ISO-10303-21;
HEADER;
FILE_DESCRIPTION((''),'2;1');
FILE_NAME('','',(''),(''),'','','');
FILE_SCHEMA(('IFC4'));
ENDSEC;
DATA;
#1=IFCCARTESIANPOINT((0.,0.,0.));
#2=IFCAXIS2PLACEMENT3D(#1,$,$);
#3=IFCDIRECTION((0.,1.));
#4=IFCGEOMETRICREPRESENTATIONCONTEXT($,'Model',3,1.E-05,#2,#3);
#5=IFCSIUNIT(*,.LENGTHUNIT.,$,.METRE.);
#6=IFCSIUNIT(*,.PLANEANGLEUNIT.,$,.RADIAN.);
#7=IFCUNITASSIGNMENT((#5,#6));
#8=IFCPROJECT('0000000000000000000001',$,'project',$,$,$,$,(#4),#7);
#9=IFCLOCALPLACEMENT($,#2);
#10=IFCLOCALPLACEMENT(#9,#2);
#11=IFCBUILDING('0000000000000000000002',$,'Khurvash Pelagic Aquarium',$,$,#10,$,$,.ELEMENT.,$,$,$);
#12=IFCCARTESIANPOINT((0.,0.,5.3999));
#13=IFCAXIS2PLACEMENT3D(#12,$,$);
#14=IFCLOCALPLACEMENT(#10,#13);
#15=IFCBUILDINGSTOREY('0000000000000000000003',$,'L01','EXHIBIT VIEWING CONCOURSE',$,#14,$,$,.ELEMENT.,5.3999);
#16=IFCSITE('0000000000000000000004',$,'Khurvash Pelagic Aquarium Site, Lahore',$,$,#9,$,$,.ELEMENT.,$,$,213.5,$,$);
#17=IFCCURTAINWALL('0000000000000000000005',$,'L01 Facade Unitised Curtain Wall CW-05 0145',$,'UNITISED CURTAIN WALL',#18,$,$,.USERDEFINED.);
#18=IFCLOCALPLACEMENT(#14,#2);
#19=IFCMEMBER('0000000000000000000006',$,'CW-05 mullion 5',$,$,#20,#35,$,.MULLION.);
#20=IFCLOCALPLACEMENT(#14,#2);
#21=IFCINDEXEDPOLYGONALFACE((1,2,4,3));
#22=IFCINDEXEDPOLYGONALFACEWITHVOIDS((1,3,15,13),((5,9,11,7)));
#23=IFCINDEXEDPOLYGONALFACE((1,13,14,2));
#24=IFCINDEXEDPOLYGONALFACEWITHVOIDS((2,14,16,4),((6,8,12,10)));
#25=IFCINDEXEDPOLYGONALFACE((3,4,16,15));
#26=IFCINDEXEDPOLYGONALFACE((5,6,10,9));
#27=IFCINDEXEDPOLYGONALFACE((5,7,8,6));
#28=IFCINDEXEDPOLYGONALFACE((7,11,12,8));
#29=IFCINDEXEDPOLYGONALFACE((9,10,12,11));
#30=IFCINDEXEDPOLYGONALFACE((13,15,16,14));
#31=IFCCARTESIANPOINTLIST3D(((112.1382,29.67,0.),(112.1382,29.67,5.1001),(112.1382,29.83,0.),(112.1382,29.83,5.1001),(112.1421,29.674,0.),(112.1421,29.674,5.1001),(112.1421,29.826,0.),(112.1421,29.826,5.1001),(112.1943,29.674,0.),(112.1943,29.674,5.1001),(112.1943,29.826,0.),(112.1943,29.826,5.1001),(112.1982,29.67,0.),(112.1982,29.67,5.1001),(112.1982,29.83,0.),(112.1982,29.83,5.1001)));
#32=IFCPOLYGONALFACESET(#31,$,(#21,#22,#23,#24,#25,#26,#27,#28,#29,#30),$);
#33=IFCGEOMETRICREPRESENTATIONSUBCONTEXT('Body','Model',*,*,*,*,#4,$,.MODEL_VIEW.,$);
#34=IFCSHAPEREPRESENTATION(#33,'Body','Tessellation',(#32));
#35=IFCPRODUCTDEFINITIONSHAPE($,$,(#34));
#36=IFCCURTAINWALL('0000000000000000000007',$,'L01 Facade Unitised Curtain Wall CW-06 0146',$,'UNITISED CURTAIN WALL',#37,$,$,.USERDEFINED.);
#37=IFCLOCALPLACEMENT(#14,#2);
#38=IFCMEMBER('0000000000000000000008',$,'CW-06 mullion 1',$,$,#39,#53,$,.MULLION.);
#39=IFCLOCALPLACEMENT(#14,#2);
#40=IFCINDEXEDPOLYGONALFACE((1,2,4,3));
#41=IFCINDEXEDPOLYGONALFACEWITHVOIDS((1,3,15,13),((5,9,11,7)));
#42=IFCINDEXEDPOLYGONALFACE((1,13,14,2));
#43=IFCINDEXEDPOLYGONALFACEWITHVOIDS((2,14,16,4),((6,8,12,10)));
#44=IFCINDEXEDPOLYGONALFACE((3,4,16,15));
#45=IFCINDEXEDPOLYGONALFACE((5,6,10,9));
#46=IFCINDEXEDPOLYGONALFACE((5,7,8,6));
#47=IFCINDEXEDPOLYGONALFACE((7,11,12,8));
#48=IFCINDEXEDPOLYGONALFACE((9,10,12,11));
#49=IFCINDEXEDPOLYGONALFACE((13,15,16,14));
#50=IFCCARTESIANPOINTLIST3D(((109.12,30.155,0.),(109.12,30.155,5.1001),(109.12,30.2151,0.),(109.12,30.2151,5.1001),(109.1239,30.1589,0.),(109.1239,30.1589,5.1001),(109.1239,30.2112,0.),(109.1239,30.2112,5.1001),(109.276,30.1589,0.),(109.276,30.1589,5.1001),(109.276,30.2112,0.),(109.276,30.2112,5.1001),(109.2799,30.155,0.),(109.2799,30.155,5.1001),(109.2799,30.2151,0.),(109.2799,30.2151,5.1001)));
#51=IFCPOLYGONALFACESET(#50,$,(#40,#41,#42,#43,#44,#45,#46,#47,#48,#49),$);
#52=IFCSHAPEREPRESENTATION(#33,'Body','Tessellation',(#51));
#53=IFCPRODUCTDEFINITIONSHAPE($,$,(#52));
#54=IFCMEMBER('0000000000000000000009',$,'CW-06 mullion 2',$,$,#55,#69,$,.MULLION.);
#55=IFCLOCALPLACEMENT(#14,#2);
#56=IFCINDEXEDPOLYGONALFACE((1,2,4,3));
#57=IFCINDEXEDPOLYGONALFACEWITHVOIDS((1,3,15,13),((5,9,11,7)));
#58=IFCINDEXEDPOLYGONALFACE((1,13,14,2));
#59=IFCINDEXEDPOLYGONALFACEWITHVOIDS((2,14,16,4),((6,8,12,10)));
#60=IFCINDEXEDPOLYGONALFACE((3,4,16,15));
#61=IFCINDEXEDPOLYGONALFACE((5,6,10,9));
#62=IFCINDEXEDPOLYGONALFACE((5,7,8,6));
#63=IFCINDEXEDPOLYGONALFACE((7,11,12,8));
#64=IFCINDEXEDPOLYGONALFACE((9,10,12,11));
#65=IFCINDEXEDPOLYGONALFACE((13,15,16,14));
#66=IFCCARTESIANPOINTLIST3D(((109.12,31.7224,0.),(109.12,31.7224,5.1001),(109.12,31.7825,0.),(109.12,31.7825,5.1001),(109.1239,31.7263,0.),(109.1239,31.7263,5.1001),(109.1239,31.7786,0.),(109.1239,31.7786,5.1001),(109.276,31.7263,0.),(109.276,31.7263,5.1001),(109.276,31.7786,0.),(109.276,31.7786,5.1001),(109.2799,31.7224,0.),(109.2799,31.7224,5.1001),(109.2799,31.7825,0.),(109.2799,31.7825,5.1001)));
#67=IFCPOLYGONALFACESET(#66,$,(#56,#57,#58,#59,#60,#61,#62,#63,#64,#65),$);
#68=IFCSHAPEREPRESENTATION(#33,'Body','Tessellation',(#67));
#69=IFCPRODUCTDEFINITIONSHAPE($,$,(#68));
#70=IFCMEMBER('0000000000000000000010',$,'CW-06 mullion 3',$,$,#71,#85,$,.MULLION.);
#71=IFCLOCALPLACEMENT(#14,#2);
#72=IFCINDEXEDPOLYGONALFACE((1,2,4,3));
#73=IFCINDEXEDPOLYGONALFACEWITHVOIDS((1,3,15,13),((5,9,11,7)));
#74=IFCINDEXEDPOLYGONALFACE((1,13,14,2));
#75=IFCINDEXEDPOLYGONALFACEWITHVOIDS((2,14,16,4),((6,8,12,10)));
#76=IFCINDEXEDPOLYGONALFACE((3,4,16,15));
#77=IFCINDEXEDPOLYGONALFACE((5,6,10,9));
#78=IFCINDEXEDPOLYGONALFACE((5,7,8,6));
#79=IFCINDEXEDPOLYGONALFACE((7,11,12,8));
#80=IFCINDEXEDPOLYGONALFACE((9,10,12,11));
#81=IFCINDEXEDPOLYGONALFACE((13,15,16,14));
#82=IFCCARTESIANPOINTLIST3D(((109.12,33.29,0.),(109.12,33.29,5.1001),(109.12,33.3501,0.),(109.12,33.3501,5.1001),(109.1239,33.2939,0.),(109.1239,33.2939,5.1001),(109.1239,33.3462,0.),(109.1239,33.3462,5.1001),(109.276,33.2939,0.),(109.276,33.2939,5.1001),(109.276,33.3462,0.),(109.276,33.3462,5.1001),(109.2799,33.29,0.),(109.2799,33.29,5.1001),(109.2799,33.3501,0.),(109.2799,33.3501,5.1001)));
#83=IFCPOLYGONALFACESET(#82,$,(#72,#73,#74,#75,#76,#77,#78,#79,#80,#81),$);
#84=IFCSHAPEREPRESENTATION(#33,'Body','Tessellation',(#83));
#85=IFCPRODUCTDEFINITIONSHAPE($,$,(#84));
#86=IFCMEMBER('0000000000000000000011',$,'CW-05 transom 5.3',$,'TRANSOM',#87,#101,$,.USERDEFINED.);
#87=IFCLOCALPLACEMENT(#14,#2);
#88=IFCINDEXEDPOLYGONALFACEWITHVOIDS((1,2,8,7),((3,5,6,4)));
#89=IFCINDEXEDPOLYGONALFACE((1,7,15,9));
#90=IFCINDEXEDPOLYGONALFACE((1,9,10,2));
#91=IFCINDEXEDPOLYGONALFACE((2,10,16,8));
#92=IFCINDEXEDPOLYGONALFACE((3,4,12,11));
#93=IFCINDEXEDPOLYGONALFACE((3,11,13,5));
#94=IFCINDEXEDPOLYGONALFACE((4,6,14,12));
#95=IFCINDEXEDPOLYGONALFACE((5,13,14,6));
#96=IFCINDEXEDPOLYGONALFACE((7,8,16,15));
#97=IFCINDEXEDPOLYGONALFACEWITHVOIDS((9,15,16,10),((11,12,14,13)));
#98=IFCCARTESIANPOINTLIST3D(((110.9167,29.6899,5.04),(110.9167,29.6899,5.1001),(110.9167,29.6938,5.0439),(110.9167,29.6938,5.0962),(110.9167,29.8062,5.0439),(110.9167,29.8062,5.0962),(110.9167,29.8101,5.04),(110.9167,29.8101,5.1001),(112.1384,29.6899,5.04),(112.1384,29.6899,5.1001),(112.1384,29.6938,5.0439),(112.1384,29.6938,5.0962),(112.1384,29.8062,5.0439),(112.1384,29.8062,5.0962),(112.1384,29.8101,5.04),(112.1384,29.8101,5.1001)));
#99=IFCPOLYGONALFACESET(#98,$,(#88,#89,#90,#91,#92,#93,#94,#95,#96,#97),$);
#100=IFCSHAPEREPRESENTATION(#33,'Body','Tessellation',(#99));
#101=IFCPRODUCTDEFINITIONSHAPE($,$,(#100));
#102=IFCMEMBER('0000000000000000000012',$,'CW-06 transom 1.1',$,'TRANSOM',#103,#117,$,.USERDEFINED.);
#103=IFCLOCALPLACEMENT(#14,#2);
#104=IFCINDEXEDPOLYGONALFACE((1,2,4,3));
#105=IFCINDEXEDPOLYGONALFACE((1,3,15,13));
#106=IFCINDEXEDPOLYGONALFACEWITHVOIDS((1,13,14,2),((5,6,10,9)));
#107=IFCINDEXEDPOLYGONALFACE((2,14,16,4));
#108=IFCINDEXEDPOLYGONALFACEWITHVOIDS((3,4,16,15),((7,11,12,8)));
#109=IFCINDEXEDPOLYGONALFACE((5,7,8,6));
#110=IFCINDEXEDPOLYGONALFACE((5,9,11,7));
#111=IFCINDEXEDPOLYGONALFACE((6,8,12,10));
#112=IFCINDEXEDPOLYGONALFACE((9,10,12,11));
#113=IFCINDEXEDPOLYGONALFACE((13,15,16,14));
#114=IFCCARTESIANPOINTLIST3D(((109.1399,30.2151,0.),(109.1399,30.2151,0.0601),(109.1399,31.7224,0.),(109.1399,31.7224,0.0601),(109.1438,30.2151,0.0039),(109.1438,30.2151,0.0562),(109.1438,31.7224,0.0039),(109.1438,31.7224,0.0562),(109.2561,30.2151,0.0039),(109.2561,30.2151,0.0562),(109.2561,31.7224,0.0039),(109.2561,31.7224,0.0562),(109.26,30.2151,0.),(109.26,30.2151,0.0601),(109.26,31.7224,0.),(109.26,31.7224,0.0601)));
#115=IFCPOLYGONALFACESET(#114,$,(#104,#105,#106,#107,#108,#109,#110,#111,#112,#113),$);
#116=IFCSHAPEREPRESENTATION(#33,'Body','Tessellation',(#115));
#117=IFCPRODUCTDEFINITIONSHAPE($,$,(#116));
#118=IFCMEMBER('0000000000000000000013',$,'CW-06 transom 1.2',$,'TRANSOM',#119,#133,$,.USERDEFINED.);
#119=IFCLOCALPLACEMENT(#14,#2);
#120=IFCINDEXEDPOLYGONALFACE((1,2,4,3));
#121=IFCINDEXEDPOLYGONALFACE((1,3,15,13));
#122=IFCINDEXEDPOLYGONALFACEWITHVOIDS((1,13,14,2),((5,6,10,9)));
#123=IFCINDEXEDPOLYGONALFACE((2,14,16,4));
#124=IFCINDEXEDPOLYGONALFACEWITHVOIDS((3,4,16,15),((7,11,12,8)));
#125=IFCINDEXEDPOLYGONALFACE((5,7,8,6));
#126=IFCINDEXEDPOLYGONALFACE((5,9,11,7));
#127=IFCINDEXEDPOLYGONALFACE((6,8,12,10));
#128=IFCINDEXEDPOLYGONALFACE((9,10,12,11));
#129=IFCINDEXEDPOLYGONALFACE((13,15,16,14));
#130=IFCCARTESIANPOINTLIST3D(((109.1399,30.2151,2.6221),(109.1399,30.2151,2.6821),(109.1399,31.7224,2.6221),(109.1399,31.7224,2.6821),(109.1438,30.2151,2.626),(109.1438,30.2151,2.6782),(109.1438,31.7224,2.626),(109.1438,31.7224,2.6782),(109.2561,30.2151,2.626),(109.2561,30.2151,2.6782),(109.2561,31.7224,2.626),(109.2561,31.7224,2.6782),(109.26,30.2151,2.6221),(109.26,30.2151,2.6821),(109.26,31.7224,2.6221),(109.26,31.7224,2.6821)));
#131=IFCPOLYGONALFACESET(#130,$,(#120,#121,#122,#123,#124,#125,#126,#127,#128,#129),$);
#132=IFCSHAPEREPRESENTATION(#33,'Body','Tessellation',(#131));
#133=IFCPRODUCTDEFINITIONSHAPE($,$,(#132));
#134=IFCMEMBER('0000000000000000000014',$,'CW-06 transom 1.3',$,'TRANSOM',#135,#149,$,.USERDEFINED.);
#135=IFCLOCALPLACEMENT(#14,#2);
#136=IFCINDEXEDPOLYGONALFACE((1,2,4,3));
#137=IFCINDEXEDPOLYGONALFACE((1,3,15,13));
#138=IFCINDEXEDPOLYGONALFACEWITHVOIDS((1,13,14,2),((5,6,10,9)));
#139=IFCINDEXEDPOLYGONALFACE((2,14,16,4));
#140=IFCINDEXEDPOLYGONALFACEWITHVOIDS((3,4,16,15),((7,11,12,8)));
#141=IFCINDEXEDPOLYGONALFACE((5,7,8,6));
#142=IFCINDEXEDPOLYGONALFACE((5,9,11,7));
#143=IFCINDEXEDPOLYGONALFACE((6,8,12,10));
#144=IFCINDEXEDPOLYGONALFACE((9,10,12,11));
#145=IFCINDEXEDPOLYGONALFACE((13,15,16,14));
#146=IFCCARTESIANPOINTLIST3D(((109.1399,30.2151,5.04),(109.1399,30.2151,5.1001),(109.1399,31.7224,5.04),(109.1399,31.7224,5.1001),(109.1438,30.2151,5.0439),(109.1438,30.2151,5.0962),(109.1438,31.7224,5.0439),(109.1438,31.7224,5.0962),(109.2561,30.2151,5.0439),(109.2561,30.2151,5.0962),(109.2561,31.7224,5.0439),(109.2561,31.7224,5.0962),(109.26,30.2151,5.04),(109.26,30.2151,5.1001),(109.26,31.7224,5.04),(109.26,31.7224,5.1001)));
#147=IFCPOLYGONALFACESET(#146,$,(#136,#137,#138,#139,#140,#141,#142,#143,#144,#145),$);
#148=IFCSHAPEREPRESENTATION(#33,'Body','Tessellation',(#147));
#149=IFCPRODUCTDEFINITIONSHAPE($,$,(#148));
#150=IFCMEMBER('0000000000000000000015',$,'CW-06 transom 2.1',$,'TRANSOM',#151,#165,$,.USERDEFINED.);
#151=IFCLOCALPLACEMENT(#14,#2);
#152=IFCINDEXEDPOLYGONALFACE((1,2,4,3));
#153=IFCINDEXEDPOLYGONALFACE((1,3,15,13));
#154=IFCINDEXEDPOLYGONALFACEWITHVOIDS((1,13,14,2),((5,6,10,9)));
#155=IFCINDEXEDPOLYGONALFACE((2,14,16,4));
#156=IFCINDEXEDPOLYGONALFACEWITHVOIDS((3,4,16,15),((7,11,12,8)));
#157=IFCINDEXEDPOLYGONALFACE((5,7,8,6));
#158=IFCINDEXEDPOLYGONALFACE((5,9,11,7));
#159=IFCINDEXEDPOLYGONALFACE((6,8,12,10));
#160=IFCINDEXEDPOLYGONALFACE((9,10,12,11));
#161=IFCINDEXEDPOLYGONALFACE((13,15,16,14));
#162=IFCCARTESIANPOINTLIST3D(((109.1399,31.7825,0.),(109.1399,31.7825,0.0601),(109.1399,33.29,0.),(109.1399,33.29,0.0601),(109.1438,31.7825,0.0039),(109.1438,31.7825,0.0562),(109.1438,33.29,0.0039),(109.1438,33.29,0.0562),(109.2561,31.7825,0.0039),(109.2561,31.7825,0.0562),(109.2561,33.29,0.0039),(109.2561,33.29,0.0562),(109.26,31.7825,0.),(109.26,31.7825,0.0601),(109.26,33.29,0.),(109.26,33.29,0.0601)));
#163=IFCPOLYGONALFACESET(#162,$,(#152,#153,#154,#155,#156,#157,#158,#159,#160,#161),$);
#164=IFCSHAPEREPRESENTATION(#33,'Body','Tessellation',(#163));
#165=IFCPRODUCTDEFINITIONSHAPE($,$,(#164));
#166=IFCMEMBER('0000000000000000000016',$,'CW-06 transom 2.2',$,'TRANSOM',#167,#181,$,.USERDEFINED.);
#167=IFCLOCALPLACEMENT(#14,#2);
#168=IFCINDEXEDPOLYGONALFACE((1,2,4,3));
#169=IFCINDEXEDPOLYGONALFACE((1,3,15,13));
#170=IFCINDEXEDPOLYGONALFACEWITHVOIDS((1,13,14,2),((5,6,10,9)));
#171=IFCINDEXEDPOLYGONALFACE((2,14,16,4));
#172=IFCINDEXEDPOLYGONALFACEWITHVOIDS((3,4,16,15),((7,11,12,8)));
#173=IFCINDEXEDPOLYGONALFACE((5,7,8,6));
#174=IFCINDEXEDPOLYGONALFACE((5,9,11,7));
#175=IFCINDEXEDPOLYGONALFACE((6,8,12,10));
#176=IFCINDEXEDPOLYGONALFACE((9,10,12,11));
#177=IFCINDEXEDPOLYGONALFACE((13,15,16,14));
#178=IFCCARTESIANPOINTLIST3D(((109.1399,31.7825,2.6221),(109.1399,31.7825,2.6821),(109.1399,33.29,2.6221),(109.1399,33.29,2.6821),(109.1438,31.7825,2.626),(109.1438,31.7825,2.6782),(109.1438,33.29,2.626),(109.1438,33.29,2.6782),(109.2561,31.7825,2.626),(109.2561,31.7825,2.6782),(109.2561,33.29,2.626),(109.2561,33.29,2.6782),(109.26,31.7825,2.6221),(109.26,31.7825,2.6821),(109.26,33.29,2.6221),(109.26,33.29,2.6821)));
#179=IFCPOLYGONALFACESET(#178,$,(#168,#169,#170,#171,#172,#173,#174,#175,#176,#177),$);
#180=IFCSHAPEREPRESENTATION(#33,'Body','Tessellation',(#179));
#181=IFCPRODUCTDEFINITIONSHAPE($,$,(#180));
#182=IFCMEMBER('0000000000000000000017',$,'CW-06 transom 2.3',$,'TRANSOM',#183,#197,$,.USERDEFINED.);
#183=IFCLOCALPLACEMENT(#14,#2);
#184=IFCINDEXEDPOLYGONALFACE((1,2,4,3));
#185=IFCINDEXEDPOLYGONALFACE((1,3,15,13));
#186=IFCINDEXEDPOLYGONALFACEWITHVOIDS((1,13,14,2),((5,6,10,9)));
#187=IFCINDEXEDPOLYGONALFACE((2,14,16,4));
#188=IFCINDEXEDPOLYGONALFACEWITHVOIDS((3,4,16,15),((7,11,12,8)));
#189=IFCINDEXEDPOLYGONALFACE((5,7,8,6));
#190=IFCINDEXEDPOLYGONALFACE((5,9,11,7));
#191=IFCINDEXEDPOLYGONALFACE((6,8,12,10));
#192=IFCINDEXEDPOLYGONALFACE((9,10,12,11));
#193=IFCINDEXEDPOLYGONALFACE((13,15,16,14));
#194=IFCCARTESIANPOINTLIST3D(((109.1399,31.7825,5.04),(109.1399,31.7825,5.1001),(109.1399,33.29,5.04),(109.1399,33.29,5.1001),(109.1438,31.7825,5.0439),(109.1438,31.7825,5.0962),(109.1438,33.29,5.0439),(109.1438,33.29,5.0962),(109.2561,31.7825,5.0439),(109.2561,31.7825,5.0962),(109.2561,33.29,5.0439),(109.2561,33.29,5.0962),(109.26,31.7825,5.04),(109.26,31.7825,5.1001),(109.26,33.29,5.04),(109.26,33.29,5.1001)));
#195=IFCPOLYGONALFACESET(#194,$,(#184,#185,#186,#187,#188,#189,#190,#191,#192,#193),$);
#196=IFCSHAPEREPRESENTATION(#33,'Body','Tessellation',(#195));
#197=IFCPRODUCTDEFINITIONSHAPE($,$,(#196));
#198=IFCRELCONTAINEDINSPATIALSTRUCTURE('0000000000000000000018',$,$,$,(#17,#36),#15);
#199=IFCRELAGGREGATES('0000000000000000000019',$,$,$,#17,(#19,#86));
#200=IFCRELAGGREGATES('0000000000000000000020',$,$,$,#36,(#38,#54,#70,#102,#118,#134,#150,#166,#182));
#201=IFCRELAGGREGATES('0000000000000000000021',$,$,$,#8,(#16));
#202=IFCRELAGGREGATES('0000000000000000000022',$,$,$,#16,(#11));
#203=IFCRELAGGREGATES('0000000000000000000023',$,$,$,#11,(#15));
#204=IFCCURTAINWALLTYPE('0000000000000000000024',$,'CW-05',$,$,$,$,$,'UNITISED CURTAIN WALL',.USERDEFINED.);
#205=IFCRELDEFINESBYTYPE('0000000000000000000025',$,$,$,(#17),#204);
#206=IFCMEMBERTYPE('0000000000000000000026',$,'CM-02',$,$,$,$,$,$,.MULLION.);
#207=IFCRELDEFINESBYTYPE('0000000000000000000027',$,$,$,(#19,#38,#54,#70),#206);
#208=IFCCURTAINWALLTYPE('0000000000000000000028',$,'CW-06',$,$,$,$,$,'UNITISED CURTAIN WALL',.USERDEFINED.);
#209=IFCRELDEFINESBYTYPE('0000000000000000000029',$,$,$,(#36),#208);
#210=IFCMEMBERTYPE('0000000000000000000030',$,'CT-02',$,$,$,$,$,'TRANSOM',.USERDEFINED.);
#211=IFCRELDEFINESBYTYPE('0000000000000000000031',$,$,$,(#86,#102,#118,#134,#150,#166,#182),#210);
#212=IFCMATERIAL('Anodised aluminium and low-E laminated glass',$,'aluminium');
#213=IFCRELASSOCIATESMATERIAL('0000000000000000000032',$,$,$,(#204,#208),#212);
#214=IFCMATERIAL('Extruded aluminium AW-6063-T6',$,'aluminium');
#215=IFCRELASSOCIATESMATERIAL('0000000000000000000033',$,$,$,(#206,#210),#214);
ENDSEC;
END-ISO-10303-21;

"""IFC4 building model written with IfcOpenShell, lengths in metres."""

from ifc_helpers import new_model, si_unit, direction, frame, origin, origin_2d, place, context, subcontext, project, spatial, hollow_rectangle, extrude, material, material_profile, profile_set, type_object, element, aggregate, save


model = new_model("IFC4")

# Units and contexts
model_context = context("Model", 3, precision=1e-05, world=origin(), true_north=direction((0.0, 1.0)))
body_context = subcontext(model_context, "Body", "Model", "MODEL_VIEW")
ifc_project = project(units=[si_unit("LENGTHUNIT", "METRE"), si_unit("PLANEANGLEUNIT", "RADIAN")], contexts=[model_context])

# Site, building, storey
site_placement = place(None, origin())
site = spatial("IfcSite", under=ifc_project, at=site_placement, Name="Khurvash Pelagic Aquarium Site, Lahore", CompositionType="ELEMENT", RefElevation=213.5)
building_placement = place(site_placement, origin())
building = spatial("IfcBuilding", under=site, at=building_placement, Name="Khurvash Pelagic Aquarium", CompositionType="ELEMENT")
storey_placement = place(building_placement, frame((0.0, 0.0, 5.3999)))
storey = spatial("IfcBuildingStorey", under=building, at=storey_placement, Name="L01", Description="EXHIBIT VIEWING CONCOURSE", CompositionType="ELEMENT", Elevation=5.3999)

# Curtain wall, member
ifc_material_1 = material(Name="Anodised aluminium and low-E laminated glass", Category="aluminium")
curtain_wall_type_1 = type_object("IfcCurtainWallType", Name="CW-05", ElementType="UNITISED CURTAIN WALL", PredefinedType="USERDEFINED", material=ifc_material_1)
curtain_wall_1_placement = place(storey_placement, origin())
curtain_wall_1 = element("IfcCurtainWall", 1, at=curtain_wall_1_placement, inside=storey, type_object=curtain_wall_type_1, Name="L01 Facade Unitised Curtain Wall CW-05 0145", ObjectType="UNITISED CURTAIN WALL", PredefinedType="USERDEFINED")
ifc_material_2 = material(Name="Extruded aluminium AW-6063-T6", Category="aluminium")
ifc_material_profile_1 = material_profile(ifc_material_2, hollow_rectangle(XDim=0.0601, YDim=0.1599, WallThickness=0.0039, at=origin_2d()), Name="CWM60X160X4")
ifc_profile_set_1 = profile_set([ifc_material_profile_1], Name="Extruded aluminium AW-6063-T6")
member_type_1 = type_object("IfcMemberType", Name="CM-02", PredefinedType="MULLION", material=ifc_profile_set_1)
member_1_placement = place(storey_placement, frame((112.1682, 29.75, 0.0), z_axis=(0.0, 0.0, 1.0), x_axis=(-1.0, 0.0, 0.0)))
member_1 = element("IfcMember", 2, at=member_1_placement, type_object=member_type_1, Name="CW-05 mullion 5", PredefinedType="MULLION", context=body_context, shape_type="SweptSolid", body=[
    extrude(hollow_rectangle(XDim=0.0601, YDim=0.1599, WallThickness=0.0039, at=origin_2d()), origin(), (0.0, 0.0, 1.0), 5.1001),
])

# Curtain wall, members
curtain_wall_type_2 = type_object("IfcCurtainWallType", Name="CW-06", ElementType="UNITISED CURTAIN WALL", PredefinedType="USERDEFINED", material=ifc_material_1)
curtain_wall_2_placement = place(storey_placement, origin())
curtain_wall_2 = element("IfcCurtainWall", 3, at=curtain_wall_2_placement, inside=storey, type_object=curtain_wall_type_2, Name="L01 Facade Unitised Curtain Wall CW-06 0146", ObjectType="UNITISED CURTAIN WALL", PredefinedType="USERDEFINED")
member_2_placement = place(storey_placement, frame((109.2, 30.1851, 0.0), z_axis=(0.0, 0.0, 1.0), x_axis=(0.0, 1.0, 0.0)))
member_2 = element("IfcMember", 4, at=member_2_placement, type_object=member_type_1, Name="CW-06 mullion 1", PredefinedType="MULLION", context=body_context, shape_type="SweptSolid", body=[
    extrude(hollow_rectangle(XDim=0.0601, YDim=0.1599, WallThickness=0.0039, at=origin_2d()), origin(), (0.0, 0.0, 1.0), 5.1001),
])
member_3_placement = place(storey_placement, frame((109.2, 31.7524, 0.0), z_axis=(0.0, 0.0, 1.0), x_axis=(0.0, 1.0, 0.0)))
member_3 = element("IfcMember", 5, at=member_3_placement, type_object=member_type_1, Name="CW-06 mullion 2", PredefinedType="MULLION", context=body_context, shape_type="SweptSolid", body=[
    extrude(hollow_rectangle(XDim=0.0601, YDim=0.1599, WallThickness=0.0039, at=origin_2d()), origin(), (0.0, 0.0, 1.0), 5.1001),
])
member_4_placement = place(storey_placement, frame((109.2, 33.3201, 0.0), z_axis=(0.0, 0.0, 1.0), x_axis=(0.0, 1.0, 0.0)))
member_4 = element("IfcMember", 6, at=member_4_placement, type_object=member_type_1, Name="CW-06 mullion 3", PredefinedType="MULLION", context=body_context, shape_type="SweptSolid", body=[
    extrude(hollow_rectangle(XDim=0.0601, YDim=0.1599, WallThickness=0.0039, at=origin_2d()), origin(), (0.0, 0.0, 1.0), 5.1001),
])

# Members
ifc_material_profile_2 = material_profile(ifc_material_2, hollow_rectangle(XDim=0.1201, YDim=0.0601, WallThickness=0.0039, at=origin_2d()), Name="CWT120X60X4")
ifc_profile_set_2 = profile_set([ifc_material_profile_2], Name="Extruded aluminium AW-6063-T6")
member_type_2 = type_object("IfcMemberType", Name="CT-02", ElementType="TRANSOM", PredefinedType="USERDEFINED", material=ifc_profile_set_2)
member_5_placement = place(storey_placement, frame((112.1384, 29.75, 5.0701), z_axis=(-1.0, 0.0, 0.0), x_axis=(0.0, -1.0, 0.0)))
member_5 = element("IfcMember", 7, at=member_5_placement, type_object=member_type_2, Name="CW-05 transom 5.3", ObjectType="TRANSOM", PredefinedType="USERDEFINED", context=body_context, shape_type="SweptSolid", body=[
    extrude(hollow_rectangle(XDim=0.1201, YDim=0.0601, WallThickness=0.0039, at=origin_2d()), origin(), (0.0, 0.0, 1.0), 1.2217),
])
member_6_placement = place(storey_placement, frame((109.2, 30.2151, 0.03), z_axis=(0.0, 1.0, 0.0), x_axis=(-1.0, 0.0, 0.0)))
member_6 = element("IfcMember", 8, at=member_6_placement, type_object=member_type_2, Name="CW-06 transom 1.1", ObjectType="TRANSOM", PredefinedType="USERDEFINED", context=body_context, shape_type="SweptSolid", body=[
    extrude(hollow_rectangle(XDim=0.1201, YDim=0.0601, WallThickness=0.0039, at=origin_2d()), origin(), (0.0, 0.0, 1.0), 1.5073),
])
member_7_placement = place(storey_placement, frame((109.2, 30.2151, 2.6521), z_axis=(0.0, 1.0, 0.0), x_axis=(-1.0, 0.0, 0.0)))
member_7 = element("IfcMember", 9, at=member_7_placement, type_object=member_type_2, Name="CW-06 transom 1.2", ObjectType="TRANSOM", PredefinedType="USERDEFINED", context=body_context, shape_type="SweptSolid", body=[
    extrude(hollow_rectangle(XDim=0.1201, YDim=0.0601, WallThickness=0.0039, at=origin_2d()), origin(), (0.0, 0.0, 1.0), 1.5073),
])
member_8_placement = place(storey_placement, frame((109.2, 30.2151, 5.0701), z_axis=(0.0, 1.0, 0.0), x_axis=(-1.0, 0.0, 0.0)))
member_8 = element("IfcMember", 10, at=member_8_placement, type_object=member_type_2, Name="CW-06 transom 1.3", ObjectType="TRANSOM", PredefinedType="USERDEFINED", context=body_context, shape_type="SweptSolid", body=[
    extrude(hollow_rectangle(XDim=0.1201, YDim=0.0601, WallThickness=0.0039, at=origin_2d()), origin(), (0.0, 0.0, 1.0), 1.5073),
])
member_9_placement = place(storey_placement, frame((109.2, 31.7825, 0.03), z_axis=(0.0, 1.0, 0.0), x_axis=(-1.0, 0.0, 0.0)))
member_9 = element("IfcMember", 11, at=member_9_placement, type_object=member_type_2, Name="CW-06 transom 2.1", ObjectType="TRANSOM", PredefinedType="USERDEFINED", context=body_context, shape_type="SweptSolid", body=[
    extrude(hollow_rectangle(XDim=0.1201, YDim=0.0601, WallThickness=0.0039, at=origin_2d()), origin(), (0.0, 0.0, 1.0), 1.5076),
])
member_10_placement = place(storey_placement, frame((109.2, 31.7825, 2.6521), z_axis=(0.0, 1.0, 0.0), x_axis=(-1.0, 0.0, 0.0)))
member_10 = element("IfcMember", 12, at=member_10_placement, type_object=member_type_2, Name="CW-06 transom 2.2", ObjectType="TRANSOM", PredefinedType="USERDEFINED", context=body_context, shape_type="SweptSolid", body=[
    extrude(hollow_rectangle(XDim=0.1201, YDim=0.0601, WallThickness=0.0039, at=origin_2d()), origin(), (0.0, 0.0, 1.0), 1.5076),
])
member_11_placement = place(storey_placement, frame((109.2, 31.7825, 5.0701), z_axis=(0.0, 1.0, 0.0), x_axis=(-1.0, 0.0, 0.0)))
member_11 = element("IfcMember", 13, at=member_11_placement, type_object=member_type_2, Name="CW-06 transom 2.3", ObjectType="TRANSOM", PredefinedType="USERDEFINED", context=body_context, shape_type="SweptSolid", body=[
    extrude(hollow_rectangle(XDim=0.1201, YDim=0.0601, WallThickness=0.0039, at=origin_2d()), origin(), (0.0, 0.0, 1.0), 1.5076),
])

aggregate(curtain_wall_1, [member_1, member_5])
aggregate(curtain_wall_2, [member_2, member_3, member_4, member_6, member_7, member_8, member_9, member_10, member_11])

save(model, "model.ifc")
